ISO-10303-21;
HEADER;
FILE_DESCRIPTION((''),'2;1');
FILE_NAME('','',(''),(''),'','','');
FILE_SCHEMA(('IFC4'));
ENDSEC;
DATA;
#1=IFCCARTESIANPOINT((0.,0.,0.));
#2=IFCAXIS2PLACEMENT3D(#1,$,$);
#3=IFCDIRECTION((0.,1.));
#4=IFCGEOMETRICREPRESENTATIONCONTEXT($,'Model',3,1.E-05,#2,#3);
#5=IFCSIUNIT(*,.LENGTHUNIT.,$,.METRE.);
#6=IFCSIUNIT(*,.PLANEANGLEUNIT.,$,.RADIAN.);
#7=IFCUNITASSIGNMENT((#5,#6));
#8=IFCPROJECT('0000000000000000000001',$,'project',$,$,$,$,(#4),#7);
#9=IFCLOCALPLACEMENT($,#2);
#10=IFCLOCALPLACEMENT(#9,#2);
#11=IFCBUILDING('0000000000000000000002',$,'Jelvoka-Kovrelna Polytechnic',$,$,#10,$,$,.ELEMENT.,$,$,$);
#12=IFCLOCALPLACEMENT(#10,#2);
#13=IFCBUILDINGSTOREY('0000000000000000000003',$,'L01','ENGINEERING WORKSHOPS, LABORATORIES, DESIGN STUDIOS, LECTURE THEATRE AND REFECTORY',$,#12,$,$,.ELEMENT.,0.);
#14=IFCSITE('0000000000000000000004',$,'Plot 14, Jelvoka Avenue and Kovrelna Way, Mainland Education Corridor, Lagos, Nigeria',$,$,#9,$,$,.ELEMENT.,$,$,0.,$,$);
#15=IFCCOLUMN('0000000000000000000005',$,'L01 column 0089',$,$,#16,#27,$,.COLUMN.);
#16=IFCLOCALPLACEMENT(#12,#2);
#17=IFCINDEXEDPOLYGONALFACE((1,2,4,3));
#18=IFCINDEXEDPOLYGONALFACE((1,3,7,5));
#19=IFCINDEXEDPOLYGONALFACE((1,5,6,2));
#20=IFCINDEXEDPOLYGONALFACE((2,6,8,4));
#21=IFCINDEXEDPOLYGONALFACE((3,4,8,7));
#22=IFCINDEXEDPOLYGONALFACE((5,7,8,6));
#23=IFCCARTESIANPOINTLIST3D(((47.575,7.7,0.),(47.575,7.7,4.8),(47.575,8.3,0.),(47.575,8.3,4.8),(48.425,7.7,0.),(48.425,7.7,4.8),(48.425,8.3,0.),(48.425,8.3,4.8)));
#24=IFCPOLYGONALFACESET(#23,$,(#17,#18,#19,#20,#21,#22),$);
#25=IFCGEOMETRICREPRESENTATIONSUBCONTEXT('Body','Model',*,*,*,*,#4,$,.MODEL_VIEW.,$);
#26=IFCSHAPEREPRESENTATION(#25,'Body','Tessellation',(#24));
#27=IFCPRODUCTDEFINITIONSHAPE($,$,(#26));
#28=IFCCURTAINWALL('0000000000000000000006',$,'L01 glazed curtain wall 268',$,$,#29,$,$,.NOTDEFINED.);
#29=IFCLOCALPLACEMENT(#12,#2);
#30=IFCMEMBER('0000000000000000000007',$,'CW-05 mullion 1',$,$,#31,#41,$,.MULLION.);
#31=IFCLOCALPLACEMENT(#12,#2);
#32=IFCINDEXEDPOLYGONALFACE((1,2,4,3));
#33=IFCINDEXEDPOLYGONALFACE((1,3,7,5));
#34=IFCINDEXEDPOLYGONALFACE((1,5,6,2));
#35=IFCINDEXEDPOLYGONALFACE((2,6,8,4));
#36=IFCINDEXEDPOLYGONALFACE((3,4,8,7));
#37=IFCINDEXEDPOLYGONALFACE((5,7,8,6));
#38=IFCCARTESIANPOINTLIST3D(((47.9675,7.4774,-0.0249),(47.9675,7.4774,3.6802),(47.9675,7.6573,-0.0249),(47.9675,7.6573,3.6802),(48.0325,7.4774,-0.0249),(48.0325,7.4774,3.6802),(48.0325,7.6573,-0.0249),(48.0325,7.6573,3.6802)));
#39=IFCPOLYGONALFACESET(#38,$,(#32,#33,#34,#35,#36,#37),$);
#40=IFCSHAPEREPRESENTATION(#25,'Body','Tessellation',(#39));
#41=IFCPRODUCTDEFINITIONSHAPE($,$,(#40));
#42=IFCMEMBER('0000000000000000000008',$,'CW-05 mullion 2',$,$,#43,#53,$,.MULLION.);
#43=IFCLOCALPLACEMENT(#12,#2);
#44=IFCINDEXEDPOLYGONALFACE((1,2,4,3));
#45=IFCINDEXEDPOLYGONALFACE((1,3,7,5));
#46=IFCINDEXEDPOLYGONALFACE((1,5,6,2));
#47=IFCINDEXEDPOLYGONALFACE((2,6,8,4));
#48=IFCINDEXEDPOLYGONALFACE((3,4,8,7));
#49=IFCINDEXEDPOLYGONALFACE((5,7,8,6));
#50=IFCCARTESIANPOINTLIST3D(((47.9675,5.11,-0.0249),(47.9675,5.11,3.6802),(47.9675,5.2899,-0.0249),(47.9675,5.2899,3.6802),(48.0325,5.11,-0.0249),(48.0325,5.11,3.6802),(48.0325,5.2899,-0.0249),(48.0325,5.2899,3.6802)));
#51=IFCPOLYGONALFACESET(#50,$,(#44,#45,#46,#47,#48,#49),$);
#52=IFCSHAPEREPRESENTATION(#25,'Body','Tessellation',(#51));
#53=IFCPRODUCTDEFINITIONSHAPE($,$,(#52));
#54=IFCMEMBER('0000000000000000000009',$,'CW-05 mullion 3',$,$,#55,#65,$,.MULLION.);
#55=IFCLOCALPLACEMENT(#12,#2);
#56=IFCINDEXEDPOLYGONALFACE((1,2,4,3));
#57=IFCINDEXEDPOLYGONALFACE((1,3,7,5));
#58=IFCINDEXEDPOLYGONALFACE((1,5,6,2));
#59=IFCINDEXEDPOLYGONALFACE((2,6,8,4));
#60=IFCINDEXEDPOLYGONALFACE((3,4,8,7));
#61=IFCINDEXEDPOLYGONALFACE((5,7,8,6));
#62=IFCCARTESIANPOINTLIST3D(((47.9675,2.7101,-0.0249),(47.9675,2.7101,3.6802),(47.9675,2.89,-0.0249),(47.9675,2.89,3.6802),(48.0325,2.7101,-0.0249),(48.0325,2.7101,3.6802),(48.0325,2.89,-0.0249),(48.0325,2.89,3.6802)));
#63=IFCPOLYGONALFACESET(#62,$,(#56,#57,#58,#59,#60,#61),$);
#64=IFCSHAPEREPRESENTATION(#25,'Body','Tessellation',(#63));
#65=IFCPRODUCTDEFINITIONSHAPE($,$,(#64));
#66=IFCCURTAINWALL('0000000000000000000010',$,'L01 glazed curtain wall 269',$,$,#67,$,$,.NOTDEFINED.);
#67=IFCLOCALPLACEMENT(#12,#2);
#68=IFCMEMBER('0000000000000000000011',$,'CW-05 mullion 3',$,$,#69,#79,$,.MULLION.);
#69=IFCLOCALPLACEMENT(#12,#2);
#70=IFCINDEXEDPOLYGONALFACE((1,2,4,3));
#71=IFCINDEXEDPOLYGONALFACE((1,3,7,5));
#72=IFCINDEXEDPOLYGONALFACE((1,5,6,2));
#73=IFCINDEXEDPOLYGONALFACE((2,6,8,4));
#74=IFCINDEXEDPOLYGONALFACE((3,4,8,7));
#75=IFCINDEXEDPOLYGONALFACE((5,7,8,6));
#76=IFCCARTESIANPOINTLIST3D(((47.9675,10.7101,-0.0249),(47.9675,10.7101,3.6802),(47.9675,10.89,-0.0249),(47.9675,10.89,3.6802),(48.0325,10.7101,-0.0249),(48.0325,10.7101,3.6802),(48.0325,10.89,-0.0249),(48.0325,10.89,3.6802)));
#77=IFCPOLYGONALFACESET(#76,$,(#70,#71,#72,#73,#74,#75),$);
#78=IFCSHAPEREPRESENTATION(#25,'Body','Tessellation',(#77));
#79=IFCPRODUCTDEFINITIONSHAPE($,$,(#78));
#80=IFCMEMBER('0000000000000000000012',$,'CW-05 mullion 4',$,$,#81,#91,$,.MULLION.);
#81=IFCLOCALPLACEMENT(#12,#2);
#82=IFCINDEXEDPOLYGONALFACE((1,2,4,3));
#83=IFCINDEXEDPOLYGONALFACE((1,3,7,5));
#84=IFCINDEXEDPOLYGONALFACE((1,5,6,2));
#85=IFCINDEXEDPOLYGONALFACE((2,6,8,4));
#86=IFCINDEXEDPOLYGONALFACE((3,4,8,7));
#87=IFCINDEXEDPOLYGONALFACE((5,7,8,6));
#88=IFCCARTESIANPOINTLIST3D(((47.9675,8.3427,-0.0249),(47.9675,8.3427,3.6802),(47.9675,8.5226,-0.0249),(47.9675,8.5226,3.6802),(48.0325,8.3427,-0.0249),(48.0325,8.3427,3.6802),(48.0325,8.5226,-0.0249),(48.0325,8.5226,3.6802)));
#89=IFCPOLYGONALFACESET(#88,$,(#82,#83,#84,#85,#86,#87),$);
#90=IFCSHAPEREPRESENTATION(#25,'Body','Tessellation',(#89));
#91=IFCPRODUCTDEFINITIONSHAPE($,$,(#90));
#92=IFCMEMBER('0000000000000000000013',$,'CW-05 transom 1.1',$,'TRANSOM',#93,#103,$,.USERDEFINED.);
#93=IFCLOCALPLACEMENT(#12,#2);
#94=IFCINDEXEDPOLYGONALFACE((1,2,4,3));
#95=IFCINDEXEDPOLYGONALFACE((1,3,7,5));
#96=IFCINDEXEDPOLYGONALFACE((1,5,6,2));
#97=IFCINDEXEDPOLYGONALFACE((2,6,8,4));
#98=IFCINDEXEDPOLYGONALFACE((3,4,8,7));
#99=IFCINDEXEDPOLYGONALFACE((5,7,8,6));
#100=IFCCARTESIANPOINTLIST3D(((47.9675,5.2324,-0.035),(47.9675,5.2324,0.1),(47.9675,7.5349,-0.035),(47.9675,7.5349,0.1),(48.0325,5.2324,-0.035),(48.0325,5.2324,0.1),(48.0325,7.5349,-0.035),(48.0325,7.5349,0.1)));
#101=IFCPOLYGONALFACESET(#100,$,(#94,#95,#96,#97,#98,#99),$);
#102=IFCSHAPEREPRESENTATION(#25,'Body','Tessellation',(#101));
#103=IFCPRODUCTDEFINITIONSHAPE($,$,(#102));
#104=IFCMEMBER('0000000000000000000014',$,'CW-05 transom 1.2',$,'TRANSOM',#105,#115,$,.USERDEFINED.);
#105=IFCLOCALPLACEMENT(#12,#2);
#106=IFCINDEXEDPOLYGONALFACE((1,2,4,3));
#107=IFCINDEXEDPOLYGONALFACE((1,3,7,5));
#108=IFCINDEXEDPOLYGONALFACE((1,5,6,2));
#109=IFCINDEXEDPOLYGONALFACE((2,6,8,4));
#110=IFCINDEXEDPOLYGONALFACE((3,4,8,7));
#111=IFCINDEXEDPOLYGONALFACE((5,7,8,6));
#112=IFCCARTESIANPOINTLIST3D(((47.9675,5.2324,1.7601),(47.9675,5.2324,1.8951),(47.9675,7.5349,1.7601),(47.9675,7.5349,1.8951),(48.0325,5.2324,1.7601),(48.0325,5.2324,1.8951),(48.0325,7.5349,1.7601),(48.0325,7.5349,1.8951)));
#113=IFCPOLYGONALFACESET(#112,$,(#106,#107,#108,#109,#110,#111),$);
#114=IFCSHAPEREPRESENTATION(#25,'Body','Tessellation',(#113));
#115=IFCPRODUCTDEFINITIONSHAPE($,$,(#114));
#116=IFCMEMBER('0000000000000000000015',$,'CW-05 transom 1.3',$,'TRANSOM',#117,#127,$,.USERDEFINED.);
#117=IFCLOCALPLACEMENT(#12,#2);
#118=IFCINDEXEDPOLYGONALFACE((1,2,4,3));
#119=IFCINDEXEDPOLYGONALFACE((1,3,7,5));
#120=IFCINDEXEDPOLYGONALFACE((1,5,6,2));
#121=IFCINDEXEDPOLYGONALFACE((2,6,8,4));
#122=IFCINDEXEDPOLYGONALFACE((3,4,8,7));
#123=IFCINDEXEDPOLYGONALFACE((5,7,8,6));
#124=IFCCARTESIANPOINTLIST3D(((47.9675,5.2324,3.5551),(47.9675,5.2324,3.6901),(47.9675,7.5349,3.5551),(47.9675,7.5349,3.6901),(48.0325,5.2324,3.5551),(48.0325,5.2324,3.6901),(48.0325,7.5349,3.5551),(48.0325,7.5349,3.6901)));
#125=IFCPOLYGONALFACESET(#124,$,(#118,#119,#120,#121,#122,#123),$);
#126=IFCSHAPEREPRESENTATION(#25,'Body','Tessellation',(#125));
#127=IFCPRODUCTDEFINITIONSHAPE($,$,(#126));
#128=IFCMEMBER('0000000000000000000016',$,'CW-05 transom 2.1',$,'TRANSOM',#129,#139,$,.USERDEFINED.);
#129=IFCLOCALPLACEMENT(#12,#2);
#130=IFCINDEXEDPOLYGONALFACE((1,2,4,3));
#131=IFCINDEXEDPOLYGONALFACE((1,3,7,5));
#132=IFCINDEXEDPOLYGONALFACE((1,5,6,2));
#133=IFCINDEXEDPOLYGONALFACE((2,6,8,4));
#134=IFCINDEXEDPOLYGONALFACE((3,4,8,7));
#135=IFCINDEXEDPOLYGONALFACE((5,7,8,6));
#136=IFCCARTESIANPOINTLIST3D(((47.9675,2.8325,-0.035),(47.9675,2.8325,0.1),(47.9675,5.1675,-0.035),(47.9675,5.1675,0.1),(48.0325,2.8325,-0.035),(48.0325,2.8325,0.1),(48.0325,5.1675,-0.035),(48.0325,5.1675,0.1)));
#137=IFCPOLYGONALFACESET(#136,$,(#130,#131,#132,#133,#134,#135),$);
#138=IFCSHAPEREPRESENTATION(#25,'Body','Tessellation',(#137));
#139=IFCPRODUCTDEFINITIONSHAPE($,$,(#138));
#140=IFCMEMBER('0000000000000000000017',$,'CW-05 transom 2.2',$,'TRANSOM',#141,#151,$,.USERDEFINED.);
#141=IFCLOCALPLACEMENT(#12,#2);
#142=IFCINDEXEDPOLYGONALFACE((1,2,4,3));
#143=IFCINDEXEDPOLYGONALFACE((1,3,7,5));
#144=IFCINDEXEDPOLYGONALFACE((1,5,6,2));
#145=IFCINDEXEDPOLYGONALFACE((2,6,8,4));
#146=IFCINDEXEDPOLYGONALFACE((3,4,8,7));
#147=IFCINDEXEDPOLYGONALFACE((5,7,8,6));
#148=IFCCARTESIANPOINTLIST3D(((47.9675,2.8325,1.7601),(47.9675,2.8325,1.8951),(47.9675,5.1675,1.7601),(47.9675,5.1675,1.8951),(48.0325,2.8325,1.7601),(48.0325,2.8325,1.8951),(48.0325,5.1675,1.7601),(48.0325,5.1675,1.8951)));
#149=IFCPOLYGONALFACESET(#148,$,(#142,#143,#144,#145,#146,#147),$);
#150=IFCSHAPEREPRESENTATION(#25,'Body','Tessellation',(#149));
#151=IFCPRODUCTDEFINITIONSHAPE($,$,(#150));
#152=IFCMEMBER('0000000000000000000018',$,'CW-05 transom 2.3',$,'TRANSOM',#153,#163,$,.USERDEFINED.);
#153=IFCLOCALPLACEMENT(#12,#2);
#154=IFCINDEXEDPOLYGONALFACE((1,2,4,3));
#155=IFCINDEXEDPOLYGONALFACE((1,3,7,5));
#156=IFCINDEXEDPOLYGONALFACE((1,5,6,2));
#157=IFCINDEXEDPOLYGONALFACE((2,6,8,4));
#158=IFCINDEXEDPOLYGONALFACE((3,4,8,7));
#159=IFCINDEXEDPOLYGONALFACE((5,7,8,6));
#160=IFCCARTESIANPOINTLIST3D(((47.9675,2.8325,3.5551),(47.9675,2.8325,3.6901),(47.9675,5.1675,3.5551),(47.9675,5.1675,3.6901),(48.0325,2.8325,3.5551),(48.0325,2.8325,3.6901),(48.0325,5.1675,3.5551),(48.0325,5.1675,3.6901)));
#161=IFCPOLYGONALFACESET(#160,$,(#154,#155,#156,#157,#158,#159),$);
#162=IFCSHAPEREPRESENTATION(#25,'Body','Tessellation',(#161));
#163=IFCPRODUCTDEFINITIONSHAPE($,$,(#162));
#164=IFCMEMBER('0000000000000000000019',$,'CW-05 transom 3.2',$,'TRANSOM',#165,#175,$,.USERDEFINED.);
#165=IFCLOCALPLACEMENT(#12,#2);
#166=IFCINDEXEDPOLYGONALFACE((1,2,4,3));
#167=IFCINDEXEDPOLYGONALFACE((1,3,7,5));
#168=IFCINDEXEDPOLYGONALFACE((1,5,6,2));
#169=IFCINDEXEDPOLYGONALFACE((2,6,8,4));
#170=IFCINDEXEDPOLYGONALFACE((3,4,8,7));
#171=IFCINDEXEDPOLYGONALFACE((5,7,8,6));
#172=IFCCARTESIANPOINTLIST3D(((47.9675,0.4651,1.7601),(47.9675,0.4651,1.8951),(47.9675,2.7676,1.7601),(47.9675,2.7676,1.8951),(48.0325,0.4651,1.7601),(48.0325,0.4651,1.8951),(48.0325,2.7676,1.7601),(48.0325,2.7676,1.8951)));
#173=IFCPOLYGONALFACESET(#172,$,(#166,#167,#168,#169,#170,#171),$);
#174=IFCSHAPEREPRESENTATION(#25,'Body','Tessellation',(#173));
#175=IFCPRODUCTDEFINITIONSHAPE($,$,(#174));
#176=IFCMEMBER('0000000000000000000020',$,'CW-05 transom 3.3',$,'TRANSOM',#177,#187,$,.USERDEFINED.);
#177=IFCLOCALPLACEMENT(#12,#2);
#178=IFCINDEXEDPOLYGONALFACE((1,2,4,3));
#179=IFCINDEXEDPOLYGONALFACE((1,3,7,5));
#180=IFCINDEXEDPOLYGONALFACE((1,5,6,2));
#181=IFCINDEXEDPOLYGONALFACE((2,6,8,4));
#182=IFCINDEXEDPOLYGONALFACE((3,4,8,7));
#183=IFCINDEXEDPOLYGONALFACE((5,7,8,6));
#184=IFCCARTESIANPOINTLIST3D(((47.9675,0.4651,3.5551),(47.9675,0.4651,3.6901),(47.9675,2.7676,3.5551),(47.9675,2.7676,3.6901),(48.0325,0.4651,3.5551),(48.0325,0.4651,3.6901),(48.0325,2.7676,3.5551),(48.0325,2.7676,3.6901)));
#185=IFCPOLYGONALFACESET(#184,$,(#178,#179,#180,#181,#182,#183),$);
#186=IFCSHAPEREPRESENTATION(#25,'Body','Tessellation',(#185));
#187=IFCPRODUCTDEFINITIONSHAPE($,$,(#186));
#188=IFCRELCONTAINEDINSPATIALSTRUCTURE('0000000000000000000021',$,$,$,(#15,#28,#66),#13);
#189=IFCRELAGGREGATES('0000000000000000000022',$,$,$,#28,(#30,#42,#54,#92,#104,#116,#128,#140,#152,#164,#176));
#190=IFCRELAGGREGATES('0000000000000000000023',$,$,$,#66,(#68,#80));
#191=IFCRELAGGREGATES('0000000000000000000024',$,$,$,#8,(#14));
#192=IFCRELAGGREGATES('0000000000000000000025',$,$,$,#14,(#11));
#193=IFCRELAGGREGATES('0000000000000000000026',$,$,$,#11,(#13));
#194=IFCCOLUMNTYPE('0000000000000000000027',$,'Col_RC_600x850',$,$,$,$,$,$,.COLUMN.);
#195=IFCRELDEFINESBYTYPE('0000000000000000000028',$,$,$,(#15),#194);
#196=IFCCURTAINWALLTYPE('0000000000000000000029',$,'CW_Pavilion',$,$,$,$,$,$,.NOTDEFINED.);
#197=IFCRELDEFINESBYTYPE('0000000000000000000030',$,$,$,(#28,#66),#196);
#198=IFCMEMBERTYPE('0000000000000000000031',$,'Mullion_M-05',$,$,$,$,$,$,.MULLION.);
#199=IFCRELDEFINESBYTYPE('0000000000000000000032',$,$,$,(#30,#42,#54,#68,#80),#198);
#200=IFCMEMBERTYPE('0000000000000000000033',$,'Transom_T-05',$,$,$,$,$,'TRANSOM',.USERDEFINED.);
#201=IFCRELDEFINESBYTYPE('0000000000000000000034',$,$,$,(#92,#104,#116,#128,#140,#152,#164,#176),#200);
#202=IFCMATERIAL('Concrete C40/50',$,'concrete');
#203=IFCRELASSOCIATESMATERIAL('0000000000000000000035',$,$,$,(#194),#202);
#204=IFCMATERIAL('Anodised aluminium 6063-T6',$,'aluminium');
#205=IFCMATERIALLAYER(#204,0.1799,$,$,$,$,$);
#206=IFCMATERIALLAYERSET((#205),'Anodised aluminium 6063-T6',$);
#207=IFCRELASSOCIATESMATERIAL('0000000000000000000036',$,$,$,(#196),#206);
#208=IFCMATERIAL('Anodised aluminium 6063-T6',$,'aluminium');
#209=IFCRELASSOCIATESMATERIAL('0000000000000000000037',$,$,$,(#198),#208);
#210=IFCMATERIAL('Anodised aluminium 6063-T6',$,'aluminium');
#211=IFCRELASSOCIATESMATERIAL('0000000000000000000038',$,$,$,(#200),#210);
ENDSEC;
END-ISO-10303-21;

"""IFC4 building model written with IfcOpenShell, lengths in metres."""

from ifc_helpers import new_model, si_unit, direction, frame, origin, origin_2d, place, context, subcontext, project, spatial, rectangle, extrude, material, layer, layer_set, material_profile, profile_set, type_object, element, aggregate, save


model = new_model("IFC4")

# Units and contexts
model_context = context("Model", 3, precision=1e-05, world=origin(), true_north=direction((0.0, 1.0)))
body_context = subcontext(model_context, "Body", "Model", "MODEL_VIEW")
ifc_project = project(units=[si_unit("LENGTHUNIT", "METRE"), si_unit("PLANEANGLEUNIT", "RADIAN")], contexts=[model_context])

# Site, building, storey
site_placement = place(None, origin())
site = spatial("IfcSite", under=ifc_project, at=site_placement, Name="Plot 14, Jelvoka Avenue and Kovrelna Way, Mainland Education Corridor, Lagos, Nigeria", CompositionType="ELEMENT", RefElevation=0.0)
building_placement = place(site_placement, origin())
building = spatial("IfcBuilding", under=site, at=building_placement, Name="Jelvoka-Kovrelna Polytechnic", CompositionType="ELEMENT")
storey_placement = place(building_placement, origin())
storey = spatial("IfcBuildingStorey", under=building, at=storey_placement, Name="L01", Description="ENGINEERING WORKSHOPS, LABORATORIES, DESIGN STUDIOS, LECTURE THEATRE AND REFECTORY", CompositionType="ELEMENT", Elevation=0.0)

# Column
ifc_material_1 = material(Name="Concrete C40/50", Category="concrete")
ifc_material_profile_1 = material_profile(ifc_material_1, rectangle(XDim=0.6001, YDim=0.8501, at=origin_2d()), Name="RC 600x850")
ifc_profile_set_1 = profile_set([ifc_material_profile_1], Name="Concrete C40/50")
column_type = type_object("IfcColumnType", Name="Col_RC_600x850", PredefinedType="COLUMN", material=ifc_profile_set_1)
column_placement = place(storey_placement, frame((48.0, 8.0, 0.0), z_axis=(0.0, 0.0, 1.0), x_axis=(0.0, 1.0, 0.0)))
element("IfcColumn", 1, at=column_placement, inside=storey, type_object=column_type, Name="L01 column 0089", PredefinedType="COLUMN", context=body_context, shape_type="SweptSolid", body=[
    extrude(rectangle(XDim=0.6001, YDim=0.8501, at=origin_2d()), origin(), (0.0, 0.0, 1.0), 4.8),
])

# Curtain walls, members
ifc_material_2 = material(Name="Anodised aluminium 6063-T6", Category="aluminium")
ifc_layer_1 = layer(ifc_material_2, 0.1799)
ifc_layer_set_1 = layer_set([ifc_layer_1], Name="Anodised aluminium 6063-T6")
curtain_wall_type = type_object("IfcCurtainWallType", Name="CW_Pavilion", PredefinedType="NOTDEFINED", material=ifc_layer_set_1)
curtain_wall_1_placement = place(storey_placement, origin())
curtain_wall_1 = element("IfcCurtainWall", 2, at=curtain_wall_1_placement, inside=storey, type_object=curtain_wall_type, Name="L01 glazed curtain wall 268", PredefinedType="NOTDEFINED")
ifc_material_3 = material(Name="Anodised aluminium 6063-T6", Category="aluminium")
ifc_material_profile_2 = material_profile(ifc_material_3, rectangle(XDim=0.0649, YDim=0.1799, at=origin_2d()), Name="ALU 65x180")
ifc_profile_set_2 = profile_set([ifc_material_profile_2], Name="Anodised aluminium 6063-T6")
member_type_1 = type_object("IfcMemberType", Name="Mullion_M-05", PredefinedType="MULLION", material=ifc_profile_set_2)
member_1_placement = place(storey_placement, frame((48.0, 7.5674, -0.0249), z_axis=(0.0, 0.0, 1.0), x_axis=(1.0, 0.0, 0.0)))
member_1 = element("IfcMember", 3, at=member_1_placement, type_object=member_type_1, Name="CW-05 mullion 1", PredefinedType="MULLION", context=body_context, shape_type="SweptSolid", body=[
    extrude(rectangle(XDim=0.0649, YDim=0.1799, at=origin_2d()), origin(), (0.0, 0.0, 1.0), 3.7051),
])
member_2_placement = place(storey_placement, frame((48.0, 5.2, -0.0249), z_axis=(0.0, 0.0, 1.0), x_axis=(1.0, 0.0, 0.0)))
member_2 = element("IfcMember", 4, at=member_2_placement, type_object=member_type_1, Name="CW-05 mullion 2", PredefinedType="MULLION", context=body_context, shape_type="SweptSolid", body=[
    extrude(rectangle(XDim=0.0649, YDim=0.1799, at=origin_2d()), origin(), (0.0, 0.0, 1.0), 3.7051),
])
member_3_placement = place(storey_placement, frame((48.0, 2.8, -0.0249), z_axis=(0.0, 0.0, 1.0), x_axis=(1.0, 0.0, 0.0)))
member_3 = element("IfcMember", 5, at=member_3_placement, type_object=member_type_1, Name="CW-05 mullion 3", PredefinedType="MULLION", context=body_context, shape_type="SweptSolid", body=[
    extrude(rectangle(XDim=0.0649, YDim=0.1799, at=origin_2d()), origin(), (0.0, 0.0, 1.0), 3.7051),
])
curtain_wall_2_placement = place(storey_placement, origin())
curtain_wall_2 = element("IfcCurtainWall", 6, at=curtain_wall_2_placement, inside=storey, type_object=curtain_wall_type, Name="L01 glazed curtain wall 269", PredefinedType="NOTDEFINED")
member_4_placement = place(storey_placement, frame((48.0, 10.8, -0.0249), z_axis=(0.0, 0.0, 1.0), x_axis=(1.0, 0.0, 0.0)))
member_4 = element("IfcMember", 7, at=member_4_placement, type_object=member_type_1, Name="CW-05 mullion 3", PredefinedType="MULLION", context=body_context, shape_type="SweptSolid", body=[
    extrude(rectangle(XDim=0.0649, YDim=0.1799, at=origin_2d()), origin(), (0.0, 0.0, 1.0), 3.7051),
])
member_5_placement = place(storey_placement, frame((48.0, 8.4326, -0.0249), z_axis=(0.0, 0.0, 1.0), x_axis=(1.0, 0.0, 0.0)))
member_5 = element("IfcMember", 8, at=member_5_placement, type_object=member_type_1, Name="CW-05 mullion 4", PredefinedType="MULLION", context=body_context, shape_type="SweptSolid", body=[
    extrude(rectangle(XDim=0.0649, YDim=0.1799, at=origin_2d()), origin(), (0.0, 0.0, 1.0), 3.7051),
])

# Members
ifc_material_4 = material(Name="Anodised aluminium 6063-T6", Category="aluminium")
ifc_material_profile_3 = material_profile(ifc_material_4, rectangle(XDim=0.0649, YDim=0.135, at=origin_2d()), Name="ALU 65x135")
ifc_profile_set_3 = profile_set([ifc_material_profile_3], Name="Anodised aluminium 6063-T6")
member_type_2 = type_object("IfcMemberType", Name="Transom_T-05", ElementType="TRANSOM", PredefinedType="USERDEFINED", material=ifc_profile_set_3)
member_6_placement = place(storey_placement, frame((48.0, 7.5349, 0.0325), z_axis=(0.0, -1.0, 0.0), x_axis=(1.0, 0.0, 0.0)))
member_6 = element("IfcMember", 9, at=member_6_placement, type_object=member_type_2, Name="CW-05 transom 1.1", ObjectType="TRANSOM", PredefinedType="USERDEFINED", context=body_context, shape_type="SweptSolid", body=[
    extrude(rectangle(XDim=0.0649, YDim=0.135, at=origin_2d()), origin(), (0.0, 0.0, 1.0), 2.3025),
])
member_7_placement = place(storey_placement, frame((48.0, 7.5349, 1.8276), z_axis=(0.0, -1.0, 0.0), x_axis=(1.0, 0.0, 0.0)))
member_7 = element("IfcMember", 10, at=member_7_placement, type_object=member_type_2, Name="CW-05 transom 1.2", ObjectType="TRANSOM", PredefinedType="USERDEFINED", context=body_context, shape_type="SweptSolid", body=[
    extrude(rectangle(XDim=0.0649, YDim=0.135, at=origin_2d()), origin(), (0.0, 0.0, 1.0), 2.3025),
])
member_8_placement = place(storey_placement, frame((48.0, 7.5349, 3.6226), z_axis=(0.0, -1.0, 0.0), x_axis=(1.0, 0.0, 0.0)))
member_8 = element("IfcMember", 11, at=member_8_placement, type_object=member_type_2, Name="CW-05 transom 1.3", ObjectType="TRANSOM", PredefinedType="USERDEFINED", context=body_context, shape_type="SweptSolid", body=[
    extrude(rectangle(XDim=0.0649, YDim=0.135, at=origin_2d()), origin(), (0.0, 0.0, 1.0), 2.3025),
])
member_9_placement = place(storey_placement, frame((48.0, 5.1675, 0.0325), z_axis=(0.0, -1.0, 0.0), x_axis=(1.0, 0.0, 0.0)))
member_9 = element("IfcMember", 12, at=member_9_placement, type_object=member_type_2, Name="CW-05 transom 2.1", ObjectType="TRANSOM", PredefinedType="USERDEFINED", context=body_context, shape_type="SweptSolid", body=[
    extrude(rectangle(XDim=0.0649, YDim=0.135, at=origin_2d()), origin(), (0.0, 0.0, 1.0), 2.335),
])
member_10_placement = place(storey_placement, frame((48.0, 5.1675, 1.8276), z_axis=(0.0, -1.0, 0.0), x_axis=(1.0, 0.0, 0.0)))
member_10 = element("IfcMember", 13, at=member_10_placement, type_object=member_type_2, Name="CW-05 transom 2.2", ObjectType="TRANSOM", PredefinedType="USERDEFINED", context=body_context, shape_type="SweptSolid", body=[
    extrude(rectangle(XDim=0.0649, YDim=0.135, at=origin_2d()), origin(), (0.0, 0.0, 1.0), 2.335),
])
member_11_placement = place(storey_placement, frame((48.0, 5.1675, 3.6226), z_axis=(0.0, -1.0, 0.0), x_axis=(1.0, 0.0, 0.0)))
member_11 = element("IfcMember", 14, at=member_11_placement, type_object=member_type_2, Name="CW-05 transom 2.3", ObjectType="TRANSOM", PredefinedType="USERDEFINED", context=body_context, shape_type="SweptSolid", body=[
    extrude(rectangle(XDim=0.0649, YDim=0.135, at=origin_2d()), origin(), (0.0, 0.0, 1.0), 2.335),
])
member_12_placement = place(storey_placement, frame((48.0, 2.7676, 1.8276), z_axis=(0.0, -1.0, 0.0), x_axis=(1.0, 0.0, 0.0)))
member_12 = element("IfcMember", 15, at=member_12_placement, type_object=member_type_2, Name="CW-05 transom 3.2", ObjectType="TRANSOM", PredefinedType="USERDEFINED", context=body_context, shape_type="SweptSolid", body=[
    extrude(rectangle(XDim=0.0649, YDim=0.135, at=origin_2d()), origin(), (0.0, 0.0, 1.0), 2.3025),
])
member_13_placement = place(storey_placement, frame((48.0, 2.7676, 3.6226), z_axis=(0.0, -1.0, 0.0), x_axis=(1.0, 0.0, 0.0)))
member_13 = element("IfcMember", 16, at=member_13_placement, type_object=member_type_2, Name="CW-05 transom 3.3", ObjectType="TRANSOM", PredefinedType="USERDEFINED", context=body_context, shape_type="SweptSolid", body=[
    extrude(rectangle(XDim=0.0649, YDim=0.135, at=origin_2d()), origin(), (0.0, 0.0, 1.0), 2.3025),
])

aggregate(curtain_wall_1, [member_1, member_2, member_3, member_6, member_7, member_8, member_9, member_10, member_11, member_12, member_13])
aggregate(curtain_wall_2, [member_4, member_5])

save(model, "model.ifc")
